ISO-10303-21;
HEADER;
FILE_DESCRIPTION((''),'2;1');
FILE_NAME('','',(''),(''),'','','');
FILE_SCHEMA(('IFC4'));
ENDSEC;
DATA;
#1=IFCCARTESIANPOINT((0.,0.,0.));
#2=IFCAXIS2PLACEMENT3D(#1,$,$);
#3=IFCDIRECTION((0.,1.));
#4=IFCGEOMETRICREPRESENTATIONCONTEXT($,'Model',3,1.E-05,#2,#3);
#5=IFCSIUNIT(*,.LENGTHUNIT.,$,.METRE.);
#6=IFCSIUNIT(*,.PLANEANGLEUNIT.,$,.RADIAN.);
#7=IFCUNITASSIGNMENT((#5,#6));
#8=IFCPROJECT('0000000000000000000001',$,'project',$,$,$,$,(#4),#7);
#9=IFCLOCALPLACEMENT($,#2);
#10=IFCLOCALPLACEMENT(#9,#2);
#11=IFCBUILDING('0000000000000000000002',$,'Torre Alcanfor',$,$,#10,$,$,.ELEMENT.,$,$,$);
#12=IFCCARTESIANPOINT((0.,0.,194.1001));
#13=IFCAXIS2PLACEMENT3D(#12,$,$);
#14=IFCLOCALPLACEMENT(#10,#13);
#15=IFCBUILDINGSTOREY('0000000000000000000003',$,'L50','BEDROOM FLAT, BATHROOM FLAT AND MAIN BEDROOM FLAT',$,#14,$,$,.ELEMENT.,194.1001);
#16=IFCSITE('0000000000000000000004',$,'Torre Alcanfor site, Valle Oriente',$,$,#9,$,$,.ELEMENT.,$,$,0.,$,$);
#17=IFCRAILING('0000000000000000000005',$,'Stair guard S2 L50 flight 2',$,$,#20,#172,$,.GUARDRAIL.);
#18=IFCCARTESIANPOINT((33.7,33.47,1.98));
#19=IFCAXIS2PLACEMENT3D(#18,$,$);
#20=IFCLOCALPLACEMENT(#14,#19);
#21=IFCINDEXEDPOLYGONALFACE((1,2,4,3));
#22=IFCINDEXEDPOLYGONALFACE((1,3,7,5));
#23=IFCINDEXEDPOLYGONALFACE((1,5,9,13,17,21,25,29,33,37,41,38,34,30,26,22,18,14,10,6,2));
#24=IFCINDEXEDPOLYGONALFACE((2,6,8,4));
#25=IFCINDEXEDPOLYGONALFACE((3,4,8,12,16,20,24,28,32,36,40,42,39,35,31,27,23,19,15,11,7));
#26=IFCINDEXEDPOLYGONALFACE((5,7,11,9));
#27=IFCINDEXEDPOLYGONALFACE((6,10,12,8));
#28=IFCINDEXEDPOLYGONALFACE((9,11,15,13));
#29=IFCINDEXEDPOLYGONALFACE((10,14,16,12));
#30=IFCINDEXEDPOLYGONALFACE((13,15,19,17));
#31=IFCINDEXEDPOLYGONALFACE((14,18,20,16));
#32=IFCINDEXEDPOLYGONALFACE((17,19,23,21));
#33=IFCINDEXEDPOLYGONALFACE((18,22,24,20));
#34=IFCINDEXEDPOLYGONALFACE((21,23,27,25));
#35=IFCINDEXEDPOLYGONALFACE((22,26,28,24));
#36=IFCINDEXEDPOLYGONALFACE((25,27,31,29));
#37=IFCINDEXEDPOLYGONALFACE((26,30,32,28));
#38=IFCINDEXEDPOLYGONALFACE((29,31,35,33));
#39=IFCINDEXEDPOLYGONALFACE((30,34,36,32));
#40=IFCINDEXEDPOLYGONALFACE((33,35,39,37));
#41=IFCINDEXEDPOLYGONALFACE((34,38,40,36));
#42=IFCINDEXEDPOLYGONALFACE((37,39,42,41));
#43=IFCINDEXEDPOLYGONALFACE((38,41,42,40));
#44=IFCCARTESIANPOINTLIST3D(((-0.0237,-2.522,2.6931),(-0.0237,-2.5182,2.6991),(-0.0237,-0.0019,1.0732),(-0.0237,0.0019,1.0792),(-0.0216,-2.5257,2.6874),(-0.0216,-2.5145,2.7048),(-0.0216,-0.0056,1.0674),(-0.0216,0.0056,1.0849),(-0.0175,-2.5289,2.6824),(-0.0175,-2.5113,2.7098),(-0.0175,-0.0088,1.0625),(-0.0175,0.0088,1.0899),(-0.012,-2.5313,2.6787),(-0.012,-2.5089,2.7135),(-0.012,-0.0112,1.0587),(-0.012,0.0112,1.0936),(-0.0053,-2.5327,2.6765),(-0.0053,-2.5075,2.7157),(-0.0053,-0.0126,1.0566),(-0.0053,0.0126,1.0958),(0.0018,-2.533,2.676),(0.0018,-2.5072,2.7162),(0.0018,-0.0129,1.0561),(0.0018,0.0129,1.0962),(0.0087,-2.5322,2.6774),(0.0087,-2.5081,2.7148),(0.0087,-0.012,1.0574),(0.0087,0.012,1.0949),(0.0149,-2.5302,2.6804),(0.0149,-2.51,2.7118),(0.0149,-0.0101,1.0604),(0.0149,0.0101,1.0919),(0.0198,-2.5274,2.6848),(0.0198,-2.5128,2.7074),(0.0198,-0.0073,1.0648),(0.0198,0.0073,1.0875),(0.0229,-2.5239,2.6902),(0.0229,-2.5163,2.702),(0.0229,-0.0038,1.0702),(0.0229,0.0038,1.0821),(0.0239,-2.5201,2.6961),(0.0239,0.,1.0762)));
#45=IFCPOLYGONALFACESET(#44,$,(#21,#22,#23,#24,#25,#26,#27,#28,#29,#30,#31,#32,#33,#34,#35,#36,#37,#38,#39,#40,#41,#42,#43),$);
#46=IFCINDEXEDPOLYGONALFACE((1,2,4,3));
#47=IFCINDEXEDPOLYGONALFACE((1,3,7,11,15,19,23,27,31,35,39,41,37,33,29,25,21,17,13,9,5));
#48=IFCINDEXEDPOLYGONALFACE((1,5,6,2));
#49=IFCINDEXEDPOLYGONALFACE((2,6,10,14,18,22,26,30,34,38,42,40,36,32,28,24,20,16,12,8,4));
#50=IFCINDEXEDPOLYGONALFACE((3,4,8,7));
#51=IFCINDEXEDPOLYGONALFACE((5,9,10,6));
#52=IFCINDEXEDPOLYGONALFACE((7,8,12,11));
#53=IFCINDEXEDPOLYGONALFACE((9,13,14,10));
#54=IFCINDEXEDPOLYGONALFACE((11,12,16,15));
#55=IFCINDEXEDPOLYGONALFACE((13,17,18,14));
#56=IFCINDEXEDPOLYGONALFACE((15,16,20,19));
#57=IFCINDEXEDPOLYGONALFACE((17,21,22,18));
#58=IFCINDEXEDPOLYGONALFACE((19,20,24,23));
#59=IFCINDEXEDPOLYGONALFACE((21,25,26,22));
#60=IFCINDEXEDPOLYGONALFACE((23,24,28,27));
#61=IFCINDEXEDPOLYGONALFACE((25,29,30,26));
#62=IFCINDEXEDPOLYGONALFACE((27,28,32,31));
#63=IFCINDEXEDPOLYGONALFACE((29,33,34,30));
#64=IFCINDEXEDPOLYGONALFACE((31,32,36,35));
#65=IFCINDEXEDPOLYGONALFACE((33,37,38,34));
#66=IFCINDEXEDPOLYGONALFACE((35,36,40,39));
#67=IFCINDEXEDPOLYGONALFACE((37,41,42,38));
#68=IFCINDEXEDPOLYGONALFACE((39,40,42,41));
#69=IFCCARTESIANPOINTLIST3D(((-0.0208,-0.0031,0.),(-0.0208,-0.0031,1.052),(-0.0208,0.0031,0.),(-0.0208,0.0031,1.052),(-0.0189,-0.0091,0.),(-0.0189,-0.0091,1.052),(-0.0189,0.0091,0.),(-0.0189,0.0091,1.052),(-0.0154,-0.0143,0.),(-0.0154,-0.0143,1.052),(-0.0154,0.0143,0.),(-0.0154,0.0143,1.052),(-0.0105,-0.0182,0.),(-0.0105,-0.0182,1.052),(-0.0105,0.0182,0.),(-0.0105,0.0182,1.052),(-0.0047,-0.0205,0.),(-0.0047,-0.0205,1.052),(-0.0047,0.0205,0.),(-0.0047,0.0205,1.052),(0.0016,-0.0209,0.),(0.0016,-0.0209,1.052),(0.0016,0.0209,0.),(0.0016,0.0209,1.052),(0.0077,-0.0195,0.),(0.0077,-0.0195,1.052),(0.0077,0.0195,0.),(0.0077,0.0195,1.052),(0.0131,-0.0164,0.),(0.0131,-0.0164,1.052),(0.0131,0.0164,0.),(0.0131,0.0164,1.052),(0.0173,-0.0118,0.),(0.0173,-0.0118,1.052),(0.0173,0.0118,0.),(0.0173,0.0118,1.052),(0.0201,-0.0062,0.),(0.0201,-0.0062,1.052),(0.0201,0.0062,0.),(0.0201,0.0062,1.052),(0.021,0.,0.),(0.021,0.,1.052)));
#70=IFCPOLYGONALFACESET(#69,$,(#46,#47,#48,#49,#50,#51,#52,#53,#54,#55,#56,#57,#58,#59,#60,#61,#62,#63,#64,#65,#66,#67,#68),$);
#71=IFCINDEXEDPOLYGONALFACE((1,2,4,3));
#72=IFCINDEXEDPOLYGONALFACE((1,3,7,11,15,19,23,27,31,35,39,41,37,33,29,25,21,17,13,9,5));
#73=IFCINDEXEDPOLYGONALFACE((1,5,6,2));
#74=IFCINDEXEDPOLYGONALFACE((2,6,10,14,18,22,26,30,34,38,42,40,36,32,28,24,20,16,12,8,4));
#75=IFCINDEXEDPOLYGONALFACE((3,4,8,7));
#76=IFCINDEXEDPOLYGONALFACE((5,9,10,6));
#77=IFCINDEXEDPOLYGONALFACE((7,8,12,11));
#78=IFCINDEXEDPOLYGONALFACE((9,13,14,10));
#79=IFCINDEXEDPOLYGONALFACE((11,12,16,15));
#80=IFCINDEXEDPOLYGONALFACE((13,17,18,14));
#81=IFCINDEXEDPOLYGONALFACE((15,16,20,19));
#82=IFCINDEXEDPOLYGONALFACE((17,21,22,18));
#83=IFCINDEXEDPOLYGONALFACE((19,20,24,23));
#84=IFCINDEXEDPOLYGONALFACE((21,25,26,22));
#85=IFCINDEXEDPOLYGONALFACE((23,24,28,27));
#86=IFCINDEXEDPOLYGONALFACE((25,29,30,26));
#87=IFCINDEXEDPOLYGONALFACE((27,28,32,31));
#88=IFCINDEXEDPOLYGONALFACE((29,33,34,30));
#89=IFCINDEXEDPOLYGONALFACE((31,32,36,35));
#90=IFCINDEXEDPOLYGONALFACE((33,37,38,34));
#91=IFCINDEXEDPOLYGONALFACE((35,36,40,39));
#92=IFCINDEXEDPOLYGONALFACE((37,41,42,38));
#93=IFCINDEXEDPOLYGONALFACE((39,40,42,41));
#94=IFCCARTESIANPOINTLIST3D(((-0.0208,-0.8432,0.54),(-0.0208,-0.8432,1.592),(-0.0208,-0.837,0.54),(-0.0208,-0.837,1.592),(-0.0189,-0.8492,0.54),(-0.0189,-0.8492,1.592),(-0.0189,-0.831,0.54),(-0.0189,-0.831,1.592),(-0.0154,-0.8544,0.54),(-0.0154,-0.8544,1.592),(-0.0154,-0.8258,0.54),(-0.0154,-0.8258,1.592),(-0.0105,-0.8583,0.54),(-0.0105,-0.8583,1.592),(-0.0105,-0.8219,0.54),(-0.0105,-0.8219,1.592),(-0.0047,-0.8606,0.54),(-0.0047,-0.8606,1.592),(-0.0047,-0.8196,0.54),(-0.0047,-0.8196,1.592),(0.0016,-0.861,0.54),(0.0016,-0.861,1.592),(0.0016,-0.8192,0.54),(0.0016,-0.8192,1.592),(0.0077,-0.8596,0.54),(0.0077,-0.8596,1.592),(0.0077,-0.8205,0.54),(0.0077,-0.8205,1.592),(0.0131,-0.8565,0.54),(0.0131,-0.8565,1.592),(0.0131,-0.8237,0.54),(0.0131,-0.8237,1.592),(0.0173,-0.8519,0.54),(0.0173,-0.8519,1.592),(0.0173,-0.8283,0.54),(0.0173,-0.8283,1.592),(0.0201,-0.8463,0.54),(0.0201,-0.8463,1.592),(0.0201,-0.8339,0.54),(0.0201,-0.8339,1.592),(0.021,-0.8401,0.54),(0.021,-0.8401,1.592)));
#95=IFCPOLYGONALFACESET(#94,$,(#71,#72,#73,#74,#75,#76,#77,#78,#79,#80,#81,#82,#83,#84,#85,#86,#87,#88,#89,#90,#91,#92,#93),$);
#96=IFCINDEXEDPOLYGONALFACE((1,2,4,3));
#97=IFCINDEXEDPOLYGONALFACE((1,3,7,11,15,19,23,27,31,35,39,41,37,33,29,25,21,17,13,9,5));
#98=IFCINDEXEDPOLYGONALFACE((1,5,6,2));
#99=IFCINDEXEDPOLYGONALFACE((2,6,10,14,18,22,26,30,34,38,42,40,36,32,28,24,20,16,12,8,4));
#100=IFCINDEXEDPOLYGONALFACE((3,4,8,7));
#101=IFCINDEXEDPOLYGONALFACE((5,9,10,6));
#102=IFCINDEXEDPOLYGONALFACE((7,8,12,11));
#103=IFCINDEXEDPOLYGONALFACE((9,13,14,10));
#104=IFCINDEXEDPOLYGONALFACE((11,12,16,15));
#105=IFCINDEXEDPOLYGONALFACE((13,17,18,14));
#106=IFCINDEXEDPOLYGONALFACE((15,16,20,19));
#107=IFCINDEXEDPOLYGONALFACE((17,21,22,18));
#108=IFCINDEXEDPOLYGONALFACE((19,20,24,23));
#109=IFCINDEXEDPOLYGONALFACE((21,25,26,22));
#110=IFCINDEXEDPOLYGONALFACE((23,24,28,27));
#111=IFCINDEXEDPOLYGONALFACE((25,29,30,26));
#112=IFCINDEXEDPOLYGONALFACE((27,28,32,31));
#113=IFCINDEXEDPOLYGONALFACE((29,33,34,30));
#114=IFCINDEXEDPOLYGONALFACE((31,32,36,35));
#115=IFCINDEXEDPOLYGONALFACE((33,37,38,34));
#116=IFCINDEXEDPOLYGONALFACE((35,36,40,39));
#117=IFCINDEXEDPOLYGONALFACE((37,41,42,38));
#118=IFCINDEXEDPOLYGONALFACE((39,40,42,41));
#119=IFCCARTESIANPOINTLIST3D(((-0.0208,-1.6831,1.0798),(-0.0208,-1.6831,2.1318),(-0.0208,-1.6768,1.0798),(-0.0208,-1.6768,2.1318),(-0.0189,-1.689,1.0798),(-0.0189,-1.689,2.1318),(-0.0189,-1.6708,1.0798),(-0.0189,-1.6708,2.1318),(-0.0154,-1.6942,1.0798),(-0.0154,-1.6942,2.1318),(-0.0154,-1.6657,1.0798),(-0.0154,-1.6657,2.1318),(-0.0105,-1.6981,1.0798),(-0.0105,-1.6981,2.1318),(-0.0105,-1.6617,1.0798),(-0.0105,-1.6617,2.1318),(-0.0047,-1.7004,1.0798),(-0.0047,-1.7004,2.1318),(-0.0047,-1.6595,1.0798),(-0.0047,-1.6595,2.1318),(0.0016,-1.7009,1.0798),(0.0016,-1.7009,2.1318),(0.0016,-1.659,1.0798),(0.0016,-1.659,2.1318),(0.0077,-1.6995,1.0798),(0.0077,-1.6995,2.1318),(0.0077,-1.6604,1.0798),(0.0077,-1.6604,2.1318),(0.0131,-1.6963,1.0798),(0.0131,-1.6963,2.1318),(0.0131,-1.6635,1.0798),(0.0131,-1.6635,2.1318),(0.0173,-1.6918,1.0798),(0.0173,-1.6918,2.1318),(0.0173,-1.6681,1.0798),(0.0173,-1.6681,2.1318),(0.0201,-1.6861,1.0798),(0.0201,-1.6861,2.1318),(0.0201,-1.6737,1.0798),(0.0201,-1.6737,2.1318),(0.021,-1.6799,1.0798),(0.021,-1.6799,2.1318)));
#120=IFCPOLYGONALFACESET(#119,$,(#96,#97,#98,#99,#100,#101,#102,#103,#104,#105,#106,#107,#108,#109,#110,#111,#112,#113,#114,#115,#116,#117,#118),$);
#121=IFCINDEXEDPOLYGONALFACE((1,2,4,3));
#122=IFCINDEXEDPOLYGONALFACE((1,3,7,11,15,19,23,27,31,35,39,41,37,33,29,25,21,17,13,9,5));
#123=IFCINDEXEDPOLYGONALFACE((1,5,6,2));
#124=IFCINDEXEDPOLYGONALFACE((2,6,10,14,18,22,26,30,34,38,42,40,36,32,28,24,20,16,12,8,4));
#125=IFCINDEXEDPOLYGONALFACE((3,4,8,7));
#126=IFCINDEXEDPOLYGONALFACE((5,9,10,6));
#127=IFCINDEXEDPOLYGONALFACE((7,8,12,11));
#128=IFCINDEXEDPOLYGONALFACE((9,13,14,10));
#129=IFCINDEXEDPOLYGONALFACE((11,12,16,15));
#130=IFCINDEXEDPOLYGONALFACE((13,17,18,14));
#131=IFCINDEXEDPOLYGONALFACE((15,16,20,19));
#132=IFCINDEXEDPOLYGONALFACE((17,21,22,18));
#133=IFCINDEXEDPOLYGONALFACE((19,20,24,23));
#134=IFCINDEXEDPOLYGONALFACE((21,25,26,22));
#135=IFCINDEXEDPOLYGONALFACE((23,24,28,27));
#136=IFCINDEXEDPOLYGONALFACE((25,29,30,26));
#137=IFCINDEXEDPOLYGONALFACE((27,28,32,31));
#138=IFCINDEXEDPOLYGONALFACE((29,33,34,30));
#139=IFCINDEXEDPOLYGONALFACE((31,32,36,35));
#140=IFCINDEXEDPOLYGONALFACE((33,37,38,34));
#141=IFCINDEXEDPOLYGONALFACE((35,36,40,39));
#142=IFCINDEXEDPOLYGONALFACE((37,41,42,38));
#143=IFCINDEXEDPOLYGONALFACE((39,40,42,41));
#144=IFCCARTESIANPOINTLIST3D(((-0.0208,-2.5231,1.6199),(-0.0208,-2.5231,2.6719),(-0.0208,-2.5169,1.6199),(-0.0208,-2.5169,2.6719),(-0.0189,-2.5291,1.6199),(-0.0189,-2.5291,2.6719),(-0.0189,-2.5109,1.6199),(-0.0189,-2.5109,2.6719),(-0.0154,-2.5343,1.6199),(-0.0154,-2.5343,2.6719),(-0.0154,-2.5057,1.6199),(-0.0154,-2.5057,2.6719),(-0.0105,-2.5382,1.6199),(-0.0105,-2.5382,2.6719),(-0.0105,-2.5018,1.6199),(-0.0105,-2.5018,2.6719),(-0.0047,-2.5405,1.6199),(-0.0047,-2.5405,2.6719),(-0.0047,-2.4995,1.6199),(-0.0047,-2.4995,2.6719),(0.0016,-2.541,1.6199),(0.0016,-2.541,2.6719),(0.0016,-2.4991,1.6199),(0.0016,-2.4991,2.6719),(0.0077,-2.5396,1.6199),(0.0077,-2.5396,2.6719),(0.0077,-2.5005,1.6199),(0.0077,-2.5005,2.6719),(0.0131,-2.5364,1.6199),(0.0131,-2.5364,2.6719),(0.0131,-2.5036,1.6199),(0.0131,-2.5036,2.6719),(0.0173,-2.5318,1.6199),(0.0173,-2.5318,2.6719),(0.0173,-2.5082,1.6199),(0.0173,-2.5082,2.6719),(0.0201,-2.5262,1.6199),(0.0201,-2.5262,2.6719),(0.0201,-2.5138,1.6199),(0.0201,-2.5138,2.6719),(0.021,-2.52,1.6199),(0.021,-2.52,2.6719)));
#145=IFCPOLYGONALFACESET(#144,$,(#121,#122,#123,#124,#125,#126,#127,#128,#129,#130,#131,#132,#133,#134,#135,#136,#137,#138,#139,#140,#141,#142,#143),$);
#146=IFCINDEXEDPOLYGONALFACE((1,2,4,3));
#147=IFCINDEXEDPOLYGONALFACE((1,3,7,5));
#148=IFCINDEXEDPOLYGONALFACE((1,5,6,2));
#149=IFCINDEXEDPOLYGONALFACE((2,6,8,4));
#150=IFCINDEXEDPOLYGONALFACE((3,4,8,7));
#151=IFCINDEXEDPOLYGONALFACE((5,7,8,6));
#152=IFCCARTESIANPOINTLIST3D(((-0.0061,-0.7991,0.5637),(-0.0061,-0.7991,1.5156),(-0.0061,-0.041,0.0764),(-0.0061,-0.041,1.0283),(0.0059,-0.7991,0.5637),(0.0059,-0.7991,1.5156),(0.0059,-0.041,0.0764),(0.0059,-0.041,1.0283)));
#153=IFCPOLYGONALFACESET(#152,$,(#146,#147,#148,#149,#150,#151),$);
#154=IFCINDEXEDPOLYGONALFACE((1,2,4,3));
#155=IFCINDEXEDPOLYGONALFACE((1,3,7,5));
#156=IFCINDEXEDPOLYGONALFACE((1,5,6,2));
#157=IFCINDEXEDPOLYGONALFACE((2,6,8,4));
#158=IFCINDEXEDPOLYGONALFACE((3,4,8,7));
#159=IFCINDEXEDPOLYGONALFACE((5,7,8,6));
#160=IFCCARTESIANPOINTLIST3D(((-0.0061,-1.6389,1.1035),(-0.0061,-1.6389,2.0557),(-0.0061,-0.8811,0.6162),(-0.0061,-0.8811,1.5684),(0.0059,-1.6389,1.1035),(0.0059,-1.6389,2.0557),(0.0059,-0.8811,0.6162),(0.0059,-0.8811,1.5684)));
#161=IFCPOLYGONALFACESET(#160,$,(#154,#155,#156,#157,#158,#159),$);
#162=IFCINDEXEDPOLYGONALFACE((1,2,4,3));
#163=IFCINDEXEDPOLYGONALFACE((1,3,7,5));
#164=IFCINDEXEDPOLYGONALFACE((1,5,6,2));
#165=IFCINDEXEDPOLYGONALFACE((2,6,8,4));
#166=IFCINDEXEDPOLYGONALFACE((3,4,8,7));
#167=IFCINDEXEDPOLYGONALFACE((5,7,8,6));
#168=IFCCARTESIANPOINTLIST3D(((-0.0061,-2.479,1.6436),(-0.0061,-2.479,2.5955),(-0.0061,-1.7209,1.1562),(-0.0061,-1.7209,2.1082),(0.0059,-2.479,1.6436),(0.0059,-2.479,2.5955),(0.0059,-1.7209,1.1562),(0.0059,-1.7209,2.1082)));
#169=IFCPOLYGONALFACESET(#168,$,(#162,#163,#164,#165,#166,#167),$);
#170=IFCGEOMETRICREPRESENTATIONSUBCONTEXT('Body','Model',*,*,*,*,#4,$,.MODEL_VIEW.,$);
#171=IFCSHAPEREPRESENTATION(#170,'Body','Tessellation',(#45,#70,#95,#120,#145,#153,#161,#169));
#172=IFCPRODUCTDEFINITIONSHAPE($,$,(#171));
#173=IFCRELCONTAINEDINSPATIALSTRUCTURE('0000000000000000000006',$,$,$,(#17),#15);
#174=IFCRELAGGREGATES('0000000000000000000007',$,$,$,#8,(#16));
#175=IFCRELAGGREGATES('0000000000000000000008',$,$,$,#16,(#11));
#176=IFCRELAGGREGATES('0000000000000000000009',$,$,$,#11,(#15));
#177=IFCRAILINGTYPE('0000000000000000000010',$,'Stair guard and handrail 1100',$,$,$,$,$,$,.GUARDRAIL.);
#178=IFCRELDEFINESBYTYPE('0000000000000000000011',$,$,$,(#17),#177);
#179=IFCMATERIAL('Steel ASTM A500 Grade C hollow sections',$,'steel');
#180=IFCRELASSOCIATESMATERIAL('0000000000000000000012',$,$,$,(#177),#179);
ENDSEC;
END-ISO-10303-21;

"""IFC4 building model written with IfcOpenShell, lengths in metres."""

from ifc_helpers import new_model, si_unit, direction, frame, origin, origin_2d, place, context, subcontext, project, spatial, polyline, circle, outline, extrude, material, type_object, element, save


model = new_model("IFC4")

# Units and contexts
model_context = context("Model", 3, precision=1e-05, world=origin(), true_north=direction((0.0, 1.0)))
body_context = subcontext(model_context, "Body", "Model", "MODEL_VIEW")
ifc_project = project(units=[si_unit("LENGTHUNIT", "METRE"), si_unit("PLANEANGLEUNIT", "RADIAN")], contexts=[model_context])

# Site, building, storey
site_placement = place(None, origin())
site = spatial("IfcSite", under=ifc_project, at=site_placement, Name="Torre Alcanfor site, Valle Oriente", CompositionType="ELEMENT", RefElevation=0.0)
building_placement = place(site_placement, origin())
building = spatial("IfcBuilding", under=site, at=building_placement, Name="Torre Alcanfor", CompositionType="ELEMENT")
storey_placement = place(building_placement, frame((0.0, 0.0, 194.1001)))
storey = spatial("IfcBuildingStorey", under=building, at=storey_placement, Name="L50", Description="BEDROOM FLAT, BATHROOM FLAT AND MAIN BEDROOM FLAT", CompositionType="ELEMENT", Elevation=194.1001)

# Railing
ifc_material_1 = material(Name="Steel ASTM A500 Grade C hollow sections", Category="steel")
railing_type_1 = type_object("IfcRailingType", Name="Stair guard and handrail 1100", PredefinedType="GUARDRAIL", material=ifc_material_1)
railing_1_placement = place(storey_placement, frame((33.7, 33.47, 1.98)))
element("IfcRailing", 1, at=railing_1_placement, inside=storey, type_object=railing_type_1, Name="Stair guard S2 L50 flight 2", PredefinedType="GUARDRAIL", context=body_context, shape_type="SweptSolid", body=[
    extrude(circle(Radius=0.0239, at=origin_2d()), frame((0.0, 0.0, 1.0762), z_axis=(0.0, -0.8412, 0.540725), x_axis=(1.0, 0.0, 0.0)), (0.0, 0.0, 1.0), 2.9958),
    extrude(circle(Radius=0.021, at=origin_2d()), origin(), (0.0, 0.0, 1.0), 1.052),
    extrude(circle(Radius=0.021, at=origin_2d()), frame((0.0, -0.8401, 0.54)), (0.0, 0.0, 1.0), 1.052),
    extrude(circle(Radius=0.021, at=origin_2d()), frame((0.0, -1.6799, 1.0798)), (0.0, 0.0, 1.0), 1.052),
    extrude(circle(Radius=0.021, at=origin_2d()), frame((0.0, -2.52, 1.6199)), (0.0, 0.0, 1.0), 1.052),
    extrude(outline(polyline([(0.041, 0.0764), (0.7991, 0.5637), (0.7991, 1.5156), (0.041, 1.0283), (0.041, 0.0764)])), frame((0.0059, 0.0, 0.0), z_axis=(-1.0, 0.0, 0.0), x_axis=(0.0, -1.0, 0.0)), (0.0, 0.0, 1.0), 0.012),
    extrude(outline(polyline([(0.8811, 0.6162), (1.6389, 1.1035), (1.6389, 2.0557), (0.8811, 1.5684), (0.8811, 0.6162)])), frame((0.0059, 0.0, 0.0), z_axis=(-1.0, 0.0, 0.0), x_axis=(0.0, -1.0, 0.0)), (0.0, 0.0, 1.0), 0.012),
    extrude(outline(polyline([(1.7209, 1.1562), (2.479, 1.6436), (2.479, 2.5955), (1.7209, 2.1082), (1.7209, 1.1562)])), frame((0.0059, 0.0, 0.0), z_axis=(-1.0, 0.0, 0.0), x_axis=(0.0, -1.0, 0.0)), (0.0, 0.0, 1.0), 0.012),
])

save(model, "model.ifc")
